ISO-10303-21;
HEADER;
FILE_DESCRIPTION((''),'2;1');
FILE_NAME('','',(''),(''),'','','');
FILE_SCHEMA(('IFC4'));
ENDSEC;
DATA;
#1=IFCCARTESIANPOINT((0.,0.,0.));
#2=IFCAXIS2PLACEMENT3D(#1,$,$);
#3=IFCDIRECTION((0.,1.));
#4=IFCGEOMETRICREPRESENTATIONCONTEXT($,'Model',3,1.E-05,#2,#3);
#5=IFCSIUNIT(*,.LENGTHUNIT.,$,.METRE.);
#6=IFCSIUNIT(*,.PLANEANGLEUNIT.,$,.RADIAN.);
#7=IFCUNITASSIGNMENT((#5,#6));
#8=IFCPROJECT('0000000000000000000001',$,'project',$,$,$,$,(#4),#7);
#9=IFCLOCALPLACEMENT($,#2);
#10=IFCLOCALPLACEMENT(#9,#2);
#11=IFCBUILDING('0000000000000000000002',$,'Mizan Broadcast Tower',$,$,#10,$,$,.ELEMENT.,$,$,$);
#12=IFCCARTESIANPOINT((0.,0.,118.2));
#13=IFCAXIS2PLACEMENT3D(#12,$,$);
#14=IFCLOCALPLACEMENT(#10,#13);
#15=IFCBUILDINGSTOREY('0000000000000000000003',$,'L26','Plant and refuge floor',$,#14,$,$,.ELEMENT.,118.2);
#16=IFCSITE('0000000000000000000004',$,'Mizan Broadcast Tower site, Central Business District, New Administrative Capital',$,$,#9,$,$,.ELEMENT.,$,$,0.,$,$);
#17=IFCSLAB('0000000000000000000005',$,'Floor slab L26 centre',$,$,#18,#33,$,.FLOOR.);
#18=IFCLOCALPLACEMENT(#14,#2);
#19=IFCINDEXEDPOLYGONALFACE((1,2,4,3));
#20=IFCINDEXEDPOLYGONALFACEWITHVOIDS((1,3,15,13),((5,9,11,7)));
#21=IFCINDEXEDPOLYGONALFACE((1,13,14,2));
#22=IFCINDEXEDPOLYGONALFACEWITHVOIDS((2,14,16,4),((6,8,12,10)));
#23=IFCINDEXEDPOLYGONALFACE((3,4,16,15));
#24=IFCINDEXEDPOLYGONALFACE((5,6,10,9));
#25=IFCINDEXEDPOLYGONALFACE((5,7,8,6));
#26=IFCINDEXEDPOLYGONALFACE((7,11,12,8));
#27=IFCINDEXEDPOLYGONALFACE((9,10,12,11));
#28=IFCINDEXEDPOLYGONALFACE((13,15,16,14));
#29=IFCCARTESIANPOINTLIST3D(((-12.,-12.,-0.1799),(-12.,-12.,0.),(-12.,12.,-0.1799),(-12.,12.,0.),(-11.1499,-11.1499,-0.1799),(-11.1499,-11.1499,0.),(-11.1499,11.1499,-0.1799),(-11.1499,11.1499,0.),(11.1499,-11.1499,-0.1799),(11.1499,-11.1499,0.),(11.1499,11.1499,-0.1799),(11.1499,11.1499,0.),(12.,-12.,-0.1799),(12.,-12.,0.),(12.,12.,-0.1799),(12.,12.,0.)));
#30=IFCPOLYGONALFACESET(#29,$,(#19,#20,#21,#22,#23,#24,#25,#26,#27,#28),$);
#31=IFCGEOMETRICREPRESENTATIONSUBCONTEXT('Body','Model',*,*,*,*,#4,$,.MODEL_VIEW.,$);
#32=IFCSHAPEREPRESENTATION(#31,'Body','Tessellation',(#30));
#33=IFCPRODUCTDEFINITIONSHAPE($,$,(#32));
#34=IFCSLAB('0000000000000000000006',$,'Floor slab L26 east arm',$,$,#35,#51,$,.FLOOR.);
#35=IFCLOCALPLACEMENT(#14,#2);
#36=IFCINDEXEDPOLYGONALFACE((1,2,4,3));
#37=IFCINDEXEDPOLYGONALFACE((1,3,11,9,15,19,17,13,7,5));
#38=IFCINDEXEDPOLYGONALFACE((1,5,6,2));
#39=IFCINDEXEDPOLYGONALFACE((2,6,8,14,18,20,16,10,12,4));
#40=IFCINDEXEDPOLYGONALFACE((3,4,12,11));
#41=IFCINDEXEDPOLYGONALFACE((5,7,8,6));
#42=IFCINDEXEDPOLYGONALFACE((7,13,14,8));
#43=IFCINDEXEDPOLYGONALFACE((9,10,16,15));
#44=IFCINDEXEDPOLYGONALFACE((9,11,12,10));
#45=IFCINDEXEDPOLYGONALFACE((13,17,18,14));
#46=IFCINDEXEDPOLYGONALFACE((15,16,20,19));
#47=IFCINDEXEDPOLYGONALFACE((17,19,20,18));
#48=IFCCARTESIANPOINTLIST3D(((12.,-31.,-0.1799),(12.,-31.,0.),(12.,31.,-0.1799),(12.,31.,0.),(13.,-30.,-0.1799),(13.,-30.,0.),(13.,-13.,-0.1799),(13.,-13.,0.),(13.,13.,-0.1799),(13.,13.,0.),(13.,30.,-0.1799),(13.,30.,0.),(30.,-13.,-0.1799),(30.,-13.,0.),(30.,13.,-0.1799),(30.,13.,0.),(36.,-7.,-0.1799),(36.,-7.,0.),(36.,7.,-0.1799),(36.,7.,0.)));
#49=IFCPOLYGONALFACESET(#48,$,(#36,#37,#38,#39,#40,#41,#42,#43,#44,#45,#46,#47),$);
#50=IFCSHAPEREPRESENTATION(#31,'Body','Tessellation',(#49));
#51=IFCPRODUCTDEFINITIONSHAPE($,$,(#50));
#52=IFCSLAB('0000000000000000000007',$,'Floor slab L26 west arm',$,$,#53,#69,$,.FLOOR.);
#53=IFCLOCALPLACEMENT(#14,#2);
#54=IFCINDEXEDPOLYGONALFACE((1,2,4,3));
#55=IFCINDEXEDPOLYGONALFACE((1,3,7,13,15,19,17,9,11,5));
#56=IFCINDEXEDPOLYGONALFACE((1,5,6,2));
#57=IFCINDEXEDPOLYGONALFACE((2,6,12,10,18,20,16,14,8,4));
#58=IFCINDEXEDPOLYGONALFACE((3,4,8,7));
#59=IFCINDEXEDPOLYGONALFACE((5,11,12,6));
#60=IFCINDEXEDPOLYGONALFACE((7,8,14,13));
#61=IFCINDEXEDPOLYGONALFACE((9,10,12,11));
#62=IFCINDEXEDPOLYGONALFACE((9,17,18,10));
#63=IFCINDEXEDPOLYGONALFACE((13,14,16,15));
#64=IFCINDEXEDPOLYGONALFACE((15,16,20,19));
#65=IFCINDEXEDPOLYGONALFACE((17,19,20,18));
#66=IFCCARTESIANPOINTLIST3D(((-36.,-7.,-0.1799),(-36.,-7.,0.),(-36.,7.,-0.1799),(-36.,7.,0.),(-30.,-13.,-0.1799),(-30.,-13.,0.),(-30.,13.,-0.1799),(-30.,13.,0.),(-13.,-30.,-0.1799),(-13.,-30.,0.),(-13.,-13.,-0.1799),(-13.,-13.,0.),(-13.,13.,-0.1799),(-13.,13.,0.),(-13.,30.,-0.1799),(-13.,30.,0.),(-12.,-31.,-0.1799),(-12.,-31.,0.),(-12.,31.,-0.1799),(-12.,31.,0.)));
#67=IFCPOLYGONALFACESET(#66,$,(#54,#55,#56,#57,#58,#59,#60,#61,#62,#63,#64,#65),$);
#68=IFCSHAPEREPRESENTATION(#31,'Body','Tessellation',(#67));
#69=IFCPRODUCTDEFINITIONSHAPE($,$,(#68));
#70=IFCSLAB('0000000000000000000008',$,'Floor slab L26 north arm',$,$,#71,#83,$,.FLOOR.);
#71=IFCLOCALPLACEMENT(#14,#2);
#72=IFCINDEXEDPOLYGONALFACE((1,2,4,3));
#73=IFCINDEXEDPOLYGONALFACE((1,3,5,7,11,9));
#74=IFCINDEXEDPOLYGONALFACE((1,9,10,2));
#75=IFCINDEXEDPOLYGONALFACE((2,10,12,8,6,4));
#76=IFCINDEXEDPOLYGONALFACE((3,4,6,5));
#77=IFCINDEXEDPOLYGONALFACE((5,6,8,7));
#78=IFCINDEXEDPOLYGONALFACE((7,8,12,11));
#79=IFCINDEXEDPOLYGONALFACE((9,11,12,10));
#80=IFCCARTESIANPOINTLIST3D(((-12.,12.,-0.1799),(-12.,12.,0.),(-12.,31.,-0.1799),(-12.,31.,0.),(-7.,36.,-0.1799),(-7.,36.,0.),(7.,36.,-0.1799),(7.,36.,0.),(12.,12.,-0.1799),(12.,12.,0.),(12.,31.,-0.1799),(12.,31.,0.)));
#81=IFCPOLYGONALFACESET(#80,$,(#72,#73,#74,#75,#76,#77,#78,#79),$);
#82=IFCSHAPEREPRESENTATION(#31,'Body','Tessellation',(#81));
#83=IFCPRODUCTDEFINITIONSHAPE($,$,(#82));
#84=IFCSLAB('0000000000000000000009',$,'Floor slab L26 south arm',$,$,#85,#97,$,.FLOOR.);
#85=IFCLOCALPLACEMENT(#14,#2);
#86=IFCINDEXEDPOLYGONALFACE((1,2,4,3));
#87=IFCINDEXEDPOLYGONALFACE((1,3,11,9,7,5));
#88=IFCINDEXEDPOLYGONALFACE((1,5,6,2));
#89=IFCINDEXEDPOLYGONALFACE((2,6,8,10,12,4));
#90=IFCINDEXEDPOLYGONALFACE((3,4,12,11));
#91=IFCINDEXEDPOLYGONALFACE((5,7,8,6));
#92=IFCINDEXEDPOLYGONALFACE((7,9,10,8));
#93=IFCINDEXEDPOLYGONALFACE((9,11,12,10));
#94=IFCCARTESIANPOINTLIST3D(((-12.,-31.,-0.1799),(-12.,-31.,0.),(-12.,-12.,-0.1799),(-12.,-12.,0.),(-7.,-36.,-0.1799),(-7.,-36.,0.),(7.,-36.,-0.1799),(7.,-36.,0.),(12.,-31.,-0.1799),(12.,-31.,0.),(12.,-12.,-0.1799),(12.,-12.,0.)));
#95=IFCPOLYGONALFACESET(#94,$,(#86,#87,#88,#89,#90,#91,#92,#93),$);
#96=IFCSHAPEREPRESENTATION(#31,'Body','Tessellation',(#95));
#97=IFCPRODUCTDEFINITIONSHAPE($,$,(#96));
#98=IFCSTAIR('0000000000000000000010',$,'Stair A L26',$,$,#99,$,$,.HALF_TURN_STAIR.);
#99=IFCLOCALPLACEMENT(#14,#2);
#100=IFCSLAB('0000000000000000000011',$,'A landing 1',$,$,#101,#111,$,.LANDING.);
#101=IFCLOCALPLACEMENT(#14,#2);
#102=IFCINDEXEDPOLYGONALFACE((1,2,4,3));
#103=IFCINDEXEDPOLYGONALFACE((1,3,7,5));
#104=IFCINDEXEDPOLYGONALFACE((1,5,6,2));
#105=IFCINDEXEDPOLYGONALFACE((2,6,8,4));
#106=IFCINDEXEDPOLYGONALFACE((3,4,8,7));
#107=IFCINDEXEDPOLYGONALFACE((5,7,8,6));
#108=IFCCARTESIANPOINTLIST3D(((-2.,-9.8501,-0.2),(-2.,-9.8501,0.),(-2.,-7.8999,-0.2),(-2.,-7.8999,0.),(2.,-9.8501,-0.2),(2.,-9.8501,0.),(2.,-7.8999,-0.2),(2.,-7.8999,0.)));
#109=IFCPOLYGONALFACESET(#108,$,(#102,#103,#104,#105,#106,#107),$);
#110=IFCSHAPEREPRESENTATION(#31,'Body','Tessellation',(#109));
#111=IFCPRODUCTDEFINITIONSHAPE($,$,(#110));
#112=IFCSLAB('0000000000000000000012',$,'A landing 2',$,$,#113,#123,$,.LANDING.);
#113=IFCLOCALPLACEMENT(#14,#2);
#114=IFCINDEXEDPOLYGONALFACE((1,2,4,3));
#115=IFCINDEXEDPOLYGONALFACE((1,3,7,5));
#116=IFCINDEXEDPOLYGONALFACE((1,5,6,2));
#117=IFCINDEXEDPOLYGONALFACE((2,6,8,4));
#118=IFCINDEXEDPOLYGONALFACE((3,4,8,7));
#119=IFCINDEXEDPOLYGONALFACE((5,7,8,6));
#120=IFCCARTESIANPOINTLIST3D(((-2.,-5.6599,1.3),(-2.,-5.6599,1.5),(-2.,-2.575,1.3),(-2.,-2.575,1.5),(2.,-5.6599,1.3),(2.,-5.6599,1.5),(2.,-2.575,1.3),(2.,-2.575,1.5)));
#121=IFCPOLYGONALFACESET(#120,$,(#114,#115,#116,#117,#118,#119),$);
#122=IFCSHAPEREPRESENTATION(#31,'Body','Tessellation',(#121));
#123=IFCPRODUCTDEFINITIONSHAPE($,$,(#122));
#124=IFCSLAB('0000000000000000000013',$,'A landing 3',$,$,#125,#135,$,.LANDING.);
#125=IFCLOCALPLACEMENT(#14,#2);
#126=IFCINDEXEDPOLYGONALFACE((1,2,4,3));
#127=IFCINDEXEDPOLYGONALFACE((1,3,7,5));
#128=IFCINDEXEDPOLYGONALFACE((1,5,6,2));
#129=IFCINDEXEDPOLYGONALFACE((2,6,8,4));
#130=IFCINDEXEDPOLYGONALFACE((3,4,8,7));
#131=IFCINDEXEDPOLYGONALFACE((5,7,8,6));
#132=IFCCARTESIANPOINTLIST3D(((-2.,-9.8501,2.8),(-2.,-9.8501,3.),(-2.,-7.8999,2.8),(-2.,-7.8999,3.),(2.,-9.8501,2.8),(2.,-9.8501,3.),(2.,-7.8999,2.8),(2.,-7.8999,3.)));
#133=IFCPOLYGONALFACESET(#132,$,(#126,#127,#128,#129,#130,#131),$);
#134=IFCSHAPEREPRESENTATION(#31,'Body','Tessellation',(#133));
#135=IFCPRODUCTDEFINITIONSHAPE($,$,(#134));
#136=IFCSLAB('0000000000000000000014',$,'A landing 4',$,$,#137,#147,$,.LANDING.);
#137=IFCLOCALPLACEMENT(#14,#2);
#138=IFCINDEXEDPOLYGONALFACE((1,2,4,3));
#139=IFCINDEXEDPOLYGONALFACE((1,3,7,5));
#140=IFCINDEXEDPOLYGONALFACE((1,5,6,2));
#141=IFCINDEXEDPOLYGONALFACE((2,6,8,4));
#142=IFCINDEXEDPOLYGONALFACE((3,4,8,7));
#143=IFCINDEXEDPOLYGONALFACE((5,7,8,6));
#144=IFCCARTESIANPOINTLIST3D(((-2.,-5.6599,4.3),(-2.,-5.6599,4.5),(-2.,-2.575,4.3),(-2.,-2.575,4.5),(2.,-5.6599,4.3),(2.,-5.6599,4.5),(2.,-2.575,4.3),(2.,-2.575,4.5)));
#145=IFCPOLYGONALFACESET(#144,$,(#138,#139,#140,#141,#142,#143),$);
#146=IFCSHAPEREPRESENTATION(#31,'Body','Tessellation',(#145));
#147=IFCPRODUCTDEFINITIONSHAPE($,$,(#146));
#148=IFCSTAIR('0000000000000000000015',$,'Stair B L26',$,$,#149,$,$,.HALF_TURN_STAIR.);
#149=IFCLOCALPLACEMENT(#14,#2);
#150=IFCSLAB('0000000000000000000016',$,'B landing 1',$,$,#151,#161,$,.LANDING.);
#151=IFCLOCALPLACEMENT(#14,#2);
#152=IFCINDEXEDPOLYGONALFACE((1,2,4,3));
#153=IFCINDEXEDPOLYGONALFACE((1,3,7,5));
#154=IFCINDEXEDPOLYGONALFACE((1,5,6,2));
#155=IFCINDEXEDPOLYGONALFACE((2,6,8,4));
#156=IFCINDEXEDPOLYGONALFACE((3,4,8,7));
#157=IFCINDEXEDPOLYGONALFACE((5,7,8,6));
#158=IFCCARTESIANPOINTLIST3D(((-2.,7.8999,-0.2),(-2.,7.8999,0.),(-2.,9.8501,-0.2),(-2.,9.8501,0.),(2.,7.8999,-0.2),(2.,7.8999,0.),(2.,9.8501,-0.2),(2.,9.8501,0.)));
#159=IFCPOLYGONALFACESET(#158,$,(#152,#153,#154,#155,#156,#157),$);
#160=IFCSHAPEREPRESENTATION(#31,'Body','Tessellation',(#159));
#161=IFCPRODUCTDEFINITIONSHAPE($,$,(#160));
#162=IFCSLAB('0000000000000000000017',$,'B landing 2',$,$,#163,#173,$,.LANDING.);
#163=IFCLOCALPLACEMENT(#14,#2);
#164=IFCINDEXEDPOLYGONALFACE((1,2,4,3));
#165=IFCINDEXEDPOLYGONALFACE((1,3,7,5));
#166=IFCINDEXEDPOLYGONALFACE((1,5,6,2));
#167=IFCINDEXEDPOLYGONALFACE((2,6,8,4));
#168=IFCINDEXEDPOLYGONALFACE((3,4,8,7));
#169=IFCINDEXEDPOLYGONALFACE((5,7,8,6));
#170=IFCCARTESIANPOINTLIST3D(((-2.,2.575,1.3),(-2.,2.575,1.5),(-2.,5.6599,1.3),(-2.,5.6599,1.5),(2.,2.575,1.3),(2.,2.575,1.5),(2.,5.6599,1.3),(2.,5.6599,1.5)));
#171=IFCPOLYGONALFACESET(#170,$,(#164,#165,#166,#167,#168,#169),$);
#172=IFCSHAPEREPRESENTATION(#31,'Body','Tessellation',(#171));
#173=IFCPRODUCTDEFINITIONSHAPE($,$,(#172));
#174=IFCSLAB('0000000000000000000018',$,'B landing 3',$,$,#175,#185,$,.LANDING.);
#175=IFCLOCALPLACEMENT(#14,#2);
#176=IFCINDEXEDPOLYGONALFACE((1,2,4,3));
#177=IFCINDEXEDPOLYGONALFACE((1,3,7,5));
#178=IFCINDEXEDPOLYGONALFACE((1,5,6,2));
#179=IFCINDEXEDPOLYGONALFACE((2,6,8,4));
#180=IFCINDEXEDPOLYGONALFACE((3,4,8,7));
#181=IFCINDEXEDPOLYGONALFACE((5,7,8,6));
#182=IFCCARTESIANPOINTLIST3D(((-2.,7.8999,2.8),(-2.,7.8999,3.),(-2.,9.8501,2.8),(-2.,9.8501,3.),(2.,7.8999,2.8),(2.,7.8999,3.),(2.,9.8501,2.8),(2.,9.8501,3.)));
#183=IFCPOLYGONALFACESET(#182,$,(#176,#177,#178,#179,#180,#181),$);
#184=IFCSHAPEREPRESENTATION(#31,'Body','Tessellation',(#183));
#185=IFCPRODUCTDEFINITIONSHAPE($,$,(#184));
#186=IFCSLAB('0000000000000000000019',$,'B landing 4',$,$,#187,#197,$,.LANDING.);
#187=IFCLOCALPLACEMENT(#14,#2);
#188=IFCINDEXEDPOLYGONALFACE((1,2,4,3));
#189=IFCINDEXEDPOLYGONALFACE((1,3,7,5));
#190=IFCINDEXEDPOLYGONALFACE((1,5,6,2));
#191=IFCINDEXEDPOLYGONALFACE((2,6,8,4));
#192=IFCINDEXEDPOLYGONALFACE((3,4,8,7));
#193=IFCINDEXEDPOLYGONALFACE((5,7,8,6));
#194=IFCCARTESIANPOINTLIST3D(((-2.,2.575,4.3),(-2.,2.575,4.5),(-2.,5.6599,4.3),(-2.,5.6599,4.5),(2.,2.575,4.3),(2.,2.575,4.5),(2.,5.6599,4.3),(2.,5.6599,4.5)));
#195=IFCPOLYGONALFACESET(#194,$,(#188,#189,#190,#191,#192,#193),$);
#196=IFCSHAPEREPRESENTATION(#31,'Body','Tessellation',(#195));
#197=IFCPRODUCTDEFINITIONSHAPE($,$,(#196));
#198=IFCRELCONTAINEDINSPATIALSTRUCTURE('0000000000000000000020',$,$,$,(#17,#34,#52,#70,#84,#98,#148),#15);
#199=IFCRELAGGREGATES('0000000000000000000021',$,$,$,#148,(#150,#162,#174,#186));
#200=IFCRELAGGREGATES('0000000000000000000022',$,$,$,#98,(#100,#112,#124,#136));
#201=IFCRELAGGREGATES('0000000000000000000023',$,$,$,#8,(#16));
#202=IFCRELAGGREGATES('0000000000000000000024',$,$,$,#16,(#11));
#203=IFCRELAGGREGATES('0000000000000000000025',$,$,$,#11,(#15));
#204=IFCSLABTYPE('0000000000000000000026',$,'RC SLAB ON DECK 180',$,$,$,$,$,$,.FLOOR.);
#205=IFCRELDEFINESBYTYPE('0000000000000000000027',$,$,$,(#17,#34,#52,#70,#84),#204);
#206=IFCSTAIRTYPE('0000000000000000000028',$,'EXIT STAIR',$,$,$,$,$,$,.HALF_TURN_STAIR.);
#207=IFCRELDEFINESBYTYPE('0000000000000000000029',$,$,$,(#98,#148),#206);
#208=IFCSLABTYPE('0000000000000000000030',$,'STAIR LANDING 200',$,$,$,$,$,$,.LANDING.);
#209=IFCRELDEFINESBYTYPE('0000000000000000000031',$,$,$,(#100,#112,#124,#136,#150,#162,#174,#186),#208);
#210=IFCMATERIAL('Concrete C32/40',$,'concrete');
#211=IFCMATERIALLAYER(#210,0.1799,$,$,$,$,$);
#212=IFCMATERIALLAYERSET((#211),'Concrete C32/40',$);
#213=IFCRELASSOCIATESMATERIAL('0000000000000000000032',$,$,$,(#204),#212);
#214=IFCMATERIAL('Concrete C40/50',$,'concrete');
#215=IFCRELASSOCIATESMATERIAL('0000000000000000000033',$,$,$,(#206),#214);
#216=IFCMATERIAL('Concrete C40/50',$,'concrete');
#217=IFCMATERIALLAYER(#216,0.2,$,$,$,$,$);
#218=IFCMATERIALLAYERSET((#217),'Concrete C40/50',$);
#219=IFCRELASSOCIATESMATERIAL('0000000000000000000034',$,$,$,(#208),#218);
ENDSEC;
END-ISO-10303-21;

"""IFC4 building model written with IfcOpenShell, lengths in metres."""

from ifc_helpers import new_model, si_unit, direction, frame, origin, place, context, subcontext, project, spatial, polyline, outline, extrude, material, layer, layer_set, type_object, element, aggregate, save


model = new_model("IFC4")

# Units and contexts
model_context = context("Model", 3, precision=1e-05, world=origin(), true_north=direction((0.0, 1.0)))
body_context = subcontext(model_context, "Body", "Model", "MODEL_VIEW")
ifc_project = project(units=[si_unit("LENGTHUNIT", "METRE"), si_unit("PLANEANGLEUNIT", "RADIAN")], contexts=[model_context])

# Site, building, storey
site_placement = place(None, origin())
site = spatial("IfcSite", under=ifc_project, at=site_placement, Name="Mizan Broadcast Tower site, Central Business District, New Administrative Capital", CompositionType="ELEMENT", RefElevation=0.0)
building_placement = place(site_placement, origin())
building = spatial("IfcBuilding", under=site, at=building_placement, Name="Mizan Broadcast Tower", CompositionType="ELEMENT")
storey_placement = place(building_placement, frame((0.0, 0.0, 118.2)))
storey = spatial("IfcBuildingStorey", under=building, at=storey_placement, Name="L26", Description="Plant and refuge floor", CompositionType="ELEMENT", Elevation=118.2)

# Slabs
ifc_material_1 = material(Name="Concrete C32/40", Category="concrete")
ifc_layer_1 = layer(ifc_material_1, 0.1799)
ifc_layer_set_1 = layer_set([ifc_layer_1], Name="Concrete C32/40")
slab_type_1 = type_object("IfcSlabType", Name="RC SLAB ON DECK 180", PredefinedType="FLOOR", material=ifc_layer_set_1)
slab_1_placement = place(storey_placement, frame((0.0, 0.0, -0.1799)))
element("IfcSlab", 1, at=slab_1_placement, inside=storey, type_object=slab_type_1, Name="Floor slab L26 centre", PredefinedType="FLOOR", context=body_context, shape_type="SweptSolid", body=[
    extrude(outline(polyline([(-12.0, -12.0), (12.0, -12.0), (12.0, 12.0), (-12.0, 12.0), (-12.0, -12.0)]), holes=[polyline([(-11.1499, 11.1499), (11.1499, 11.1499), (11.1499, -11.1499), (-11.1499, -11.1499), (-11.1499, 11.1499)])]), origin(), (0.0, 0.0, 1.0), 0.1799),
])
slab_2_placement = place(storey_placement, frame((0.0, 0.0, -0.1799)))
element("IfcSlab", 2, at=slab_2_placement, inside=storey, type_object=slab_type_1, Name="Floor slab L26 east arm", PredefinedType="FLOOR", context=body_context, shape_type="SweptSolid", body=[
    extrude(outline(polyline([(12.0, -31.0), (13.0, -30.0), (13.0, -13.0), (30.0, -13.0), (36.0, -7.0), (36.0, 7.0), (30.0, 13.0), (13.0, 13.0), (13.0, 30.0), (12.0, 31.0), (12.0, -31.0)])), origin(), (0.0, 0.0, 1.0), 0.1799),
])
slab_3_placement = place(storey_placement, frame((0.0, 0.0, -0.1799)))
element("IfcSlab", 3, at=slab_3_placement, inside=storey, type_object=slab_type_1, Name="Floor slab L26 west arm", PredefinedType="FLOOR", context=body_context, shape_type="SweptSolid", body=[
    extrude(outline(polyline([(-13.0, -30.0), (-12.0, -31.0), (-12.0, 31.0), (-13.0, 30.0), (-13.0, 13.0), (-30.0, 13.0), (-36.0, 7.0), (-36.0, -7.0), (-30.0, -13.0), (-13.0, -13.0), (-13.0, -30.0)])), origin(), (0.0, 0.0, 1.0), 0.1799),
])
slab_4_placement = place(storey_placement, frame((0.0, 0.0, -0.1799)))
element("IfcSlab", 4, at=slab_4_placement, inside=storey, type_object=slab_type_1, Name="Floor slab L26 north arm", PredefinedType="FLOOR", context=body_context, shape_type="SweptSolid", body=[
    extrude(outline(polyline([(-7.0, 36.0), (-12.0, 31.0), (-12.0, 12.0), (12.0, 12.0), (12.0, 31.0), (7.0, 36.0), (-7.0, 36.0)])), origin(), (0.0, 0.0, 1.0), 0.1799),
])
slab_5_placement = place(storey_placement, frame((0.0, 0.0, -0.1799)))
element("IfcSlab", 5, at=slab_5_placement, inside=storey, type_object=slab_type_1, Name="Floor slab L26 south arm", PredefinedType="FLOOR", context=body_context, shape_type="SweptSolid", body=[
    extrude(outline(polyline([(7.0, -36.0), (12.0, -31.0), (12.0, -12.0), (-12.0, -12.0), (-12.0, -31.0), (-7.0, -36.0), (7.0, -36.0)])), origin(), (0.0, 0.0, 1.0), 0.1799),
])

# Stairs, slabs
ifc_material_2 = material(Name="Concrete C40/50", Category="concrete")
stair_type = type_object("IfcStairType", Name="EXIT STAIR", PredefinedType="HALF_TURN_STAIR", material=ifc_material_2)
stair_1_placement = place(storey_placement, origin())
stair_1 = element("IfcStair", 6, at=stair_1_placement, inside=storey, type_object=stair_type, Name="Stair A L26", PredefinedType="HALF_TURN_STAIR")
ifc_material_3 = material(Name="Concrete C40/50", Category="concrete")
ifc_layer_2 = layer(ifc_material_3, 0.2)
ifc_layer_set_2 = layer_set([ifc_layer_2], Name="Concrete C40/50")
slab_type_2 = type_object("IfcSlabType", Name="STAIR LANDING 200", PredefinedType="LANDING", material=ifc_layer_set_2)
slab_6_placement = place(storey_placement, frame((0.0, 0.0, -0.2)))
slab_6 = element("IfcSlab", 7, at=slab_6_placement, type_object=slab_type_2, Name="A landing 1", PredefinedType="LANDING", context=body_context, shape_type="SweptSolid", body=[
    extrude(outline(polyline([(-2.0, -9.8501), (-2.0, -7.8999), (2.0, -7.8999), (2.0, -9.8501), (-2.0, -9.8501)])), origin(), (0.0, 0.0, 1.0), 0.2),
])
slab_7_placement = place(storey_placement, frame((0.0, 0.0, 1.3)))
slab_7 = element("IfcSlab", 8, at=slab_7_placement, type_object=slab_type_2, Name="A landing 2", PredefinedType="LANDING", context=body_context, shape_type="SweptSolid", body=[
    extrude(outline(polyline([(-2.0, -5.6599), (-2.0, -2.575), (2.0, -2.575), (2.0, -5.6599), (-2.0, -5.6599)])), origin(), (0.0, 0.0, 1.0), 0.2),
])
slab_8_placement = place(storey_placement, frame((0.0, 0.0, 2.8)))
slab_8 = element("IfcSlab", 9, at=slab_8_placement, type_object=slab_type_2, Name="A landing 3", PredefinedType="LANDING", context=body_context, shape_type="SweptSolid", body=[
    extrude(outline(polyline([(-2.0, -9.8501), (-2.0, -7.8999), (2.0, -7.8999), (2.0, -9.8501), (-2.0, -9.8501)])), origin(), (0.0, 0.0, 1.0), 0.2),
])
slab_9_placement = place(storey_placement, frame((0.0, 0.0, 4.3)))
slab_9 = element("IfcSlab", 10, at=slab_9_placement, type_object=slab_type_2, Name="A landing 4", PredefinedType="LANDING", context=body_context, shape_type="SweptSolid", body=[
    extrude(outline(polyline([(-2.0, -5.6599), (-2.0, -2.575), (2.0, -2.575), (2.0, -5.6599), (-2.0, -5.6599)])), origin(), (0.0, 0.0, 1.0), 0.2),
])
stair_2_placement = place(storey_placement, origin())
stair_2 = element("IfcStair", 11, at=stair_2_placement, inside=storey, type_object=stair_type, Name="Stair B L26", PredefinedType="HALF_TURN_STAIR")
slab_10_placement = place(storey_placement, frame((0.0, 0.0, -0.2)))
slab_10 = element("IfcSlab", 12, at=slab_10_placement, type_object=slab_type_2, Name="B landing 1", PredefinedType="LANDING", context=body_context, shape_type="SweptSolid", body=[
    extrude(outline(polyline([(2.0, 9.8501), (2.0, 7.8999), (-2.0, 7.8999), (-2.0, 9.8501), (2.0, 9.8501)])), origin(), (0.0, 0.0, 1.0), 0.2),
])
slab_11_placement = place(storey_placement, frame((0.0, 0.0, 1.3)))
slab_11 = element("IfcSlab", 13, at=slab_11_placement, type_object=slab_type_2, Name="B landing 2", PredefinedType="LANDING", context=body_context, shape_type="SweptSolid", body=[
    extrude(outline(polyline([(2.0, 5.6599), (2.0, 2.575), (-2.0, 2.575), (-2.0, 5.6599), (2.0, 5.6599)])), origin(), (0.0, 0.0, 1.0), 0.2),
])
slab_12_placement = place(storey_placement, frame((0.0, 0.0, 2.8)))
slab_12 = element("IfcSlab", 14, at=slab_12_placement, type_object=slab_type_2, Name="B landing 3", PredefinedType="LANDING", context=body_context, shape_type="SweptSolid", body=[
    extrude(outline(polyline([(2.0, 9.8501), (2.0, 7.8999), (-2.0, 7.8999), (-2.0, 9.8501), (2.0, 9.8501)])), origin(), (0.0, 0.0, 1.0), 0.2),
])
slab_13_placement = place(storey_placement, frame((0.0, 0.0, 4.3)))
slab_13 = element("IfcSlab", 15, at=slab_13_placement, type_object=slab_type_2, Name="B landing 4", PredefinedType="LANDING", context=body_context, shape_type="SweptSolid", body=[
    extrude(outline(polyline([(2.0, 5.6599), (2.0, 2.575), (-2.0, 2.575), (-2.0, 5.6599), (2.0, 5.6599)])), origin(), (0.0, 0.0, 1.0), 0.2),
])
aggregate(stair_2, [slab_10, slab_11, slab_12, slab_13])

aggregate(stair_1, [slab_6, slab_7, slab_8, slab_9])

save(model, "model.ifc")
